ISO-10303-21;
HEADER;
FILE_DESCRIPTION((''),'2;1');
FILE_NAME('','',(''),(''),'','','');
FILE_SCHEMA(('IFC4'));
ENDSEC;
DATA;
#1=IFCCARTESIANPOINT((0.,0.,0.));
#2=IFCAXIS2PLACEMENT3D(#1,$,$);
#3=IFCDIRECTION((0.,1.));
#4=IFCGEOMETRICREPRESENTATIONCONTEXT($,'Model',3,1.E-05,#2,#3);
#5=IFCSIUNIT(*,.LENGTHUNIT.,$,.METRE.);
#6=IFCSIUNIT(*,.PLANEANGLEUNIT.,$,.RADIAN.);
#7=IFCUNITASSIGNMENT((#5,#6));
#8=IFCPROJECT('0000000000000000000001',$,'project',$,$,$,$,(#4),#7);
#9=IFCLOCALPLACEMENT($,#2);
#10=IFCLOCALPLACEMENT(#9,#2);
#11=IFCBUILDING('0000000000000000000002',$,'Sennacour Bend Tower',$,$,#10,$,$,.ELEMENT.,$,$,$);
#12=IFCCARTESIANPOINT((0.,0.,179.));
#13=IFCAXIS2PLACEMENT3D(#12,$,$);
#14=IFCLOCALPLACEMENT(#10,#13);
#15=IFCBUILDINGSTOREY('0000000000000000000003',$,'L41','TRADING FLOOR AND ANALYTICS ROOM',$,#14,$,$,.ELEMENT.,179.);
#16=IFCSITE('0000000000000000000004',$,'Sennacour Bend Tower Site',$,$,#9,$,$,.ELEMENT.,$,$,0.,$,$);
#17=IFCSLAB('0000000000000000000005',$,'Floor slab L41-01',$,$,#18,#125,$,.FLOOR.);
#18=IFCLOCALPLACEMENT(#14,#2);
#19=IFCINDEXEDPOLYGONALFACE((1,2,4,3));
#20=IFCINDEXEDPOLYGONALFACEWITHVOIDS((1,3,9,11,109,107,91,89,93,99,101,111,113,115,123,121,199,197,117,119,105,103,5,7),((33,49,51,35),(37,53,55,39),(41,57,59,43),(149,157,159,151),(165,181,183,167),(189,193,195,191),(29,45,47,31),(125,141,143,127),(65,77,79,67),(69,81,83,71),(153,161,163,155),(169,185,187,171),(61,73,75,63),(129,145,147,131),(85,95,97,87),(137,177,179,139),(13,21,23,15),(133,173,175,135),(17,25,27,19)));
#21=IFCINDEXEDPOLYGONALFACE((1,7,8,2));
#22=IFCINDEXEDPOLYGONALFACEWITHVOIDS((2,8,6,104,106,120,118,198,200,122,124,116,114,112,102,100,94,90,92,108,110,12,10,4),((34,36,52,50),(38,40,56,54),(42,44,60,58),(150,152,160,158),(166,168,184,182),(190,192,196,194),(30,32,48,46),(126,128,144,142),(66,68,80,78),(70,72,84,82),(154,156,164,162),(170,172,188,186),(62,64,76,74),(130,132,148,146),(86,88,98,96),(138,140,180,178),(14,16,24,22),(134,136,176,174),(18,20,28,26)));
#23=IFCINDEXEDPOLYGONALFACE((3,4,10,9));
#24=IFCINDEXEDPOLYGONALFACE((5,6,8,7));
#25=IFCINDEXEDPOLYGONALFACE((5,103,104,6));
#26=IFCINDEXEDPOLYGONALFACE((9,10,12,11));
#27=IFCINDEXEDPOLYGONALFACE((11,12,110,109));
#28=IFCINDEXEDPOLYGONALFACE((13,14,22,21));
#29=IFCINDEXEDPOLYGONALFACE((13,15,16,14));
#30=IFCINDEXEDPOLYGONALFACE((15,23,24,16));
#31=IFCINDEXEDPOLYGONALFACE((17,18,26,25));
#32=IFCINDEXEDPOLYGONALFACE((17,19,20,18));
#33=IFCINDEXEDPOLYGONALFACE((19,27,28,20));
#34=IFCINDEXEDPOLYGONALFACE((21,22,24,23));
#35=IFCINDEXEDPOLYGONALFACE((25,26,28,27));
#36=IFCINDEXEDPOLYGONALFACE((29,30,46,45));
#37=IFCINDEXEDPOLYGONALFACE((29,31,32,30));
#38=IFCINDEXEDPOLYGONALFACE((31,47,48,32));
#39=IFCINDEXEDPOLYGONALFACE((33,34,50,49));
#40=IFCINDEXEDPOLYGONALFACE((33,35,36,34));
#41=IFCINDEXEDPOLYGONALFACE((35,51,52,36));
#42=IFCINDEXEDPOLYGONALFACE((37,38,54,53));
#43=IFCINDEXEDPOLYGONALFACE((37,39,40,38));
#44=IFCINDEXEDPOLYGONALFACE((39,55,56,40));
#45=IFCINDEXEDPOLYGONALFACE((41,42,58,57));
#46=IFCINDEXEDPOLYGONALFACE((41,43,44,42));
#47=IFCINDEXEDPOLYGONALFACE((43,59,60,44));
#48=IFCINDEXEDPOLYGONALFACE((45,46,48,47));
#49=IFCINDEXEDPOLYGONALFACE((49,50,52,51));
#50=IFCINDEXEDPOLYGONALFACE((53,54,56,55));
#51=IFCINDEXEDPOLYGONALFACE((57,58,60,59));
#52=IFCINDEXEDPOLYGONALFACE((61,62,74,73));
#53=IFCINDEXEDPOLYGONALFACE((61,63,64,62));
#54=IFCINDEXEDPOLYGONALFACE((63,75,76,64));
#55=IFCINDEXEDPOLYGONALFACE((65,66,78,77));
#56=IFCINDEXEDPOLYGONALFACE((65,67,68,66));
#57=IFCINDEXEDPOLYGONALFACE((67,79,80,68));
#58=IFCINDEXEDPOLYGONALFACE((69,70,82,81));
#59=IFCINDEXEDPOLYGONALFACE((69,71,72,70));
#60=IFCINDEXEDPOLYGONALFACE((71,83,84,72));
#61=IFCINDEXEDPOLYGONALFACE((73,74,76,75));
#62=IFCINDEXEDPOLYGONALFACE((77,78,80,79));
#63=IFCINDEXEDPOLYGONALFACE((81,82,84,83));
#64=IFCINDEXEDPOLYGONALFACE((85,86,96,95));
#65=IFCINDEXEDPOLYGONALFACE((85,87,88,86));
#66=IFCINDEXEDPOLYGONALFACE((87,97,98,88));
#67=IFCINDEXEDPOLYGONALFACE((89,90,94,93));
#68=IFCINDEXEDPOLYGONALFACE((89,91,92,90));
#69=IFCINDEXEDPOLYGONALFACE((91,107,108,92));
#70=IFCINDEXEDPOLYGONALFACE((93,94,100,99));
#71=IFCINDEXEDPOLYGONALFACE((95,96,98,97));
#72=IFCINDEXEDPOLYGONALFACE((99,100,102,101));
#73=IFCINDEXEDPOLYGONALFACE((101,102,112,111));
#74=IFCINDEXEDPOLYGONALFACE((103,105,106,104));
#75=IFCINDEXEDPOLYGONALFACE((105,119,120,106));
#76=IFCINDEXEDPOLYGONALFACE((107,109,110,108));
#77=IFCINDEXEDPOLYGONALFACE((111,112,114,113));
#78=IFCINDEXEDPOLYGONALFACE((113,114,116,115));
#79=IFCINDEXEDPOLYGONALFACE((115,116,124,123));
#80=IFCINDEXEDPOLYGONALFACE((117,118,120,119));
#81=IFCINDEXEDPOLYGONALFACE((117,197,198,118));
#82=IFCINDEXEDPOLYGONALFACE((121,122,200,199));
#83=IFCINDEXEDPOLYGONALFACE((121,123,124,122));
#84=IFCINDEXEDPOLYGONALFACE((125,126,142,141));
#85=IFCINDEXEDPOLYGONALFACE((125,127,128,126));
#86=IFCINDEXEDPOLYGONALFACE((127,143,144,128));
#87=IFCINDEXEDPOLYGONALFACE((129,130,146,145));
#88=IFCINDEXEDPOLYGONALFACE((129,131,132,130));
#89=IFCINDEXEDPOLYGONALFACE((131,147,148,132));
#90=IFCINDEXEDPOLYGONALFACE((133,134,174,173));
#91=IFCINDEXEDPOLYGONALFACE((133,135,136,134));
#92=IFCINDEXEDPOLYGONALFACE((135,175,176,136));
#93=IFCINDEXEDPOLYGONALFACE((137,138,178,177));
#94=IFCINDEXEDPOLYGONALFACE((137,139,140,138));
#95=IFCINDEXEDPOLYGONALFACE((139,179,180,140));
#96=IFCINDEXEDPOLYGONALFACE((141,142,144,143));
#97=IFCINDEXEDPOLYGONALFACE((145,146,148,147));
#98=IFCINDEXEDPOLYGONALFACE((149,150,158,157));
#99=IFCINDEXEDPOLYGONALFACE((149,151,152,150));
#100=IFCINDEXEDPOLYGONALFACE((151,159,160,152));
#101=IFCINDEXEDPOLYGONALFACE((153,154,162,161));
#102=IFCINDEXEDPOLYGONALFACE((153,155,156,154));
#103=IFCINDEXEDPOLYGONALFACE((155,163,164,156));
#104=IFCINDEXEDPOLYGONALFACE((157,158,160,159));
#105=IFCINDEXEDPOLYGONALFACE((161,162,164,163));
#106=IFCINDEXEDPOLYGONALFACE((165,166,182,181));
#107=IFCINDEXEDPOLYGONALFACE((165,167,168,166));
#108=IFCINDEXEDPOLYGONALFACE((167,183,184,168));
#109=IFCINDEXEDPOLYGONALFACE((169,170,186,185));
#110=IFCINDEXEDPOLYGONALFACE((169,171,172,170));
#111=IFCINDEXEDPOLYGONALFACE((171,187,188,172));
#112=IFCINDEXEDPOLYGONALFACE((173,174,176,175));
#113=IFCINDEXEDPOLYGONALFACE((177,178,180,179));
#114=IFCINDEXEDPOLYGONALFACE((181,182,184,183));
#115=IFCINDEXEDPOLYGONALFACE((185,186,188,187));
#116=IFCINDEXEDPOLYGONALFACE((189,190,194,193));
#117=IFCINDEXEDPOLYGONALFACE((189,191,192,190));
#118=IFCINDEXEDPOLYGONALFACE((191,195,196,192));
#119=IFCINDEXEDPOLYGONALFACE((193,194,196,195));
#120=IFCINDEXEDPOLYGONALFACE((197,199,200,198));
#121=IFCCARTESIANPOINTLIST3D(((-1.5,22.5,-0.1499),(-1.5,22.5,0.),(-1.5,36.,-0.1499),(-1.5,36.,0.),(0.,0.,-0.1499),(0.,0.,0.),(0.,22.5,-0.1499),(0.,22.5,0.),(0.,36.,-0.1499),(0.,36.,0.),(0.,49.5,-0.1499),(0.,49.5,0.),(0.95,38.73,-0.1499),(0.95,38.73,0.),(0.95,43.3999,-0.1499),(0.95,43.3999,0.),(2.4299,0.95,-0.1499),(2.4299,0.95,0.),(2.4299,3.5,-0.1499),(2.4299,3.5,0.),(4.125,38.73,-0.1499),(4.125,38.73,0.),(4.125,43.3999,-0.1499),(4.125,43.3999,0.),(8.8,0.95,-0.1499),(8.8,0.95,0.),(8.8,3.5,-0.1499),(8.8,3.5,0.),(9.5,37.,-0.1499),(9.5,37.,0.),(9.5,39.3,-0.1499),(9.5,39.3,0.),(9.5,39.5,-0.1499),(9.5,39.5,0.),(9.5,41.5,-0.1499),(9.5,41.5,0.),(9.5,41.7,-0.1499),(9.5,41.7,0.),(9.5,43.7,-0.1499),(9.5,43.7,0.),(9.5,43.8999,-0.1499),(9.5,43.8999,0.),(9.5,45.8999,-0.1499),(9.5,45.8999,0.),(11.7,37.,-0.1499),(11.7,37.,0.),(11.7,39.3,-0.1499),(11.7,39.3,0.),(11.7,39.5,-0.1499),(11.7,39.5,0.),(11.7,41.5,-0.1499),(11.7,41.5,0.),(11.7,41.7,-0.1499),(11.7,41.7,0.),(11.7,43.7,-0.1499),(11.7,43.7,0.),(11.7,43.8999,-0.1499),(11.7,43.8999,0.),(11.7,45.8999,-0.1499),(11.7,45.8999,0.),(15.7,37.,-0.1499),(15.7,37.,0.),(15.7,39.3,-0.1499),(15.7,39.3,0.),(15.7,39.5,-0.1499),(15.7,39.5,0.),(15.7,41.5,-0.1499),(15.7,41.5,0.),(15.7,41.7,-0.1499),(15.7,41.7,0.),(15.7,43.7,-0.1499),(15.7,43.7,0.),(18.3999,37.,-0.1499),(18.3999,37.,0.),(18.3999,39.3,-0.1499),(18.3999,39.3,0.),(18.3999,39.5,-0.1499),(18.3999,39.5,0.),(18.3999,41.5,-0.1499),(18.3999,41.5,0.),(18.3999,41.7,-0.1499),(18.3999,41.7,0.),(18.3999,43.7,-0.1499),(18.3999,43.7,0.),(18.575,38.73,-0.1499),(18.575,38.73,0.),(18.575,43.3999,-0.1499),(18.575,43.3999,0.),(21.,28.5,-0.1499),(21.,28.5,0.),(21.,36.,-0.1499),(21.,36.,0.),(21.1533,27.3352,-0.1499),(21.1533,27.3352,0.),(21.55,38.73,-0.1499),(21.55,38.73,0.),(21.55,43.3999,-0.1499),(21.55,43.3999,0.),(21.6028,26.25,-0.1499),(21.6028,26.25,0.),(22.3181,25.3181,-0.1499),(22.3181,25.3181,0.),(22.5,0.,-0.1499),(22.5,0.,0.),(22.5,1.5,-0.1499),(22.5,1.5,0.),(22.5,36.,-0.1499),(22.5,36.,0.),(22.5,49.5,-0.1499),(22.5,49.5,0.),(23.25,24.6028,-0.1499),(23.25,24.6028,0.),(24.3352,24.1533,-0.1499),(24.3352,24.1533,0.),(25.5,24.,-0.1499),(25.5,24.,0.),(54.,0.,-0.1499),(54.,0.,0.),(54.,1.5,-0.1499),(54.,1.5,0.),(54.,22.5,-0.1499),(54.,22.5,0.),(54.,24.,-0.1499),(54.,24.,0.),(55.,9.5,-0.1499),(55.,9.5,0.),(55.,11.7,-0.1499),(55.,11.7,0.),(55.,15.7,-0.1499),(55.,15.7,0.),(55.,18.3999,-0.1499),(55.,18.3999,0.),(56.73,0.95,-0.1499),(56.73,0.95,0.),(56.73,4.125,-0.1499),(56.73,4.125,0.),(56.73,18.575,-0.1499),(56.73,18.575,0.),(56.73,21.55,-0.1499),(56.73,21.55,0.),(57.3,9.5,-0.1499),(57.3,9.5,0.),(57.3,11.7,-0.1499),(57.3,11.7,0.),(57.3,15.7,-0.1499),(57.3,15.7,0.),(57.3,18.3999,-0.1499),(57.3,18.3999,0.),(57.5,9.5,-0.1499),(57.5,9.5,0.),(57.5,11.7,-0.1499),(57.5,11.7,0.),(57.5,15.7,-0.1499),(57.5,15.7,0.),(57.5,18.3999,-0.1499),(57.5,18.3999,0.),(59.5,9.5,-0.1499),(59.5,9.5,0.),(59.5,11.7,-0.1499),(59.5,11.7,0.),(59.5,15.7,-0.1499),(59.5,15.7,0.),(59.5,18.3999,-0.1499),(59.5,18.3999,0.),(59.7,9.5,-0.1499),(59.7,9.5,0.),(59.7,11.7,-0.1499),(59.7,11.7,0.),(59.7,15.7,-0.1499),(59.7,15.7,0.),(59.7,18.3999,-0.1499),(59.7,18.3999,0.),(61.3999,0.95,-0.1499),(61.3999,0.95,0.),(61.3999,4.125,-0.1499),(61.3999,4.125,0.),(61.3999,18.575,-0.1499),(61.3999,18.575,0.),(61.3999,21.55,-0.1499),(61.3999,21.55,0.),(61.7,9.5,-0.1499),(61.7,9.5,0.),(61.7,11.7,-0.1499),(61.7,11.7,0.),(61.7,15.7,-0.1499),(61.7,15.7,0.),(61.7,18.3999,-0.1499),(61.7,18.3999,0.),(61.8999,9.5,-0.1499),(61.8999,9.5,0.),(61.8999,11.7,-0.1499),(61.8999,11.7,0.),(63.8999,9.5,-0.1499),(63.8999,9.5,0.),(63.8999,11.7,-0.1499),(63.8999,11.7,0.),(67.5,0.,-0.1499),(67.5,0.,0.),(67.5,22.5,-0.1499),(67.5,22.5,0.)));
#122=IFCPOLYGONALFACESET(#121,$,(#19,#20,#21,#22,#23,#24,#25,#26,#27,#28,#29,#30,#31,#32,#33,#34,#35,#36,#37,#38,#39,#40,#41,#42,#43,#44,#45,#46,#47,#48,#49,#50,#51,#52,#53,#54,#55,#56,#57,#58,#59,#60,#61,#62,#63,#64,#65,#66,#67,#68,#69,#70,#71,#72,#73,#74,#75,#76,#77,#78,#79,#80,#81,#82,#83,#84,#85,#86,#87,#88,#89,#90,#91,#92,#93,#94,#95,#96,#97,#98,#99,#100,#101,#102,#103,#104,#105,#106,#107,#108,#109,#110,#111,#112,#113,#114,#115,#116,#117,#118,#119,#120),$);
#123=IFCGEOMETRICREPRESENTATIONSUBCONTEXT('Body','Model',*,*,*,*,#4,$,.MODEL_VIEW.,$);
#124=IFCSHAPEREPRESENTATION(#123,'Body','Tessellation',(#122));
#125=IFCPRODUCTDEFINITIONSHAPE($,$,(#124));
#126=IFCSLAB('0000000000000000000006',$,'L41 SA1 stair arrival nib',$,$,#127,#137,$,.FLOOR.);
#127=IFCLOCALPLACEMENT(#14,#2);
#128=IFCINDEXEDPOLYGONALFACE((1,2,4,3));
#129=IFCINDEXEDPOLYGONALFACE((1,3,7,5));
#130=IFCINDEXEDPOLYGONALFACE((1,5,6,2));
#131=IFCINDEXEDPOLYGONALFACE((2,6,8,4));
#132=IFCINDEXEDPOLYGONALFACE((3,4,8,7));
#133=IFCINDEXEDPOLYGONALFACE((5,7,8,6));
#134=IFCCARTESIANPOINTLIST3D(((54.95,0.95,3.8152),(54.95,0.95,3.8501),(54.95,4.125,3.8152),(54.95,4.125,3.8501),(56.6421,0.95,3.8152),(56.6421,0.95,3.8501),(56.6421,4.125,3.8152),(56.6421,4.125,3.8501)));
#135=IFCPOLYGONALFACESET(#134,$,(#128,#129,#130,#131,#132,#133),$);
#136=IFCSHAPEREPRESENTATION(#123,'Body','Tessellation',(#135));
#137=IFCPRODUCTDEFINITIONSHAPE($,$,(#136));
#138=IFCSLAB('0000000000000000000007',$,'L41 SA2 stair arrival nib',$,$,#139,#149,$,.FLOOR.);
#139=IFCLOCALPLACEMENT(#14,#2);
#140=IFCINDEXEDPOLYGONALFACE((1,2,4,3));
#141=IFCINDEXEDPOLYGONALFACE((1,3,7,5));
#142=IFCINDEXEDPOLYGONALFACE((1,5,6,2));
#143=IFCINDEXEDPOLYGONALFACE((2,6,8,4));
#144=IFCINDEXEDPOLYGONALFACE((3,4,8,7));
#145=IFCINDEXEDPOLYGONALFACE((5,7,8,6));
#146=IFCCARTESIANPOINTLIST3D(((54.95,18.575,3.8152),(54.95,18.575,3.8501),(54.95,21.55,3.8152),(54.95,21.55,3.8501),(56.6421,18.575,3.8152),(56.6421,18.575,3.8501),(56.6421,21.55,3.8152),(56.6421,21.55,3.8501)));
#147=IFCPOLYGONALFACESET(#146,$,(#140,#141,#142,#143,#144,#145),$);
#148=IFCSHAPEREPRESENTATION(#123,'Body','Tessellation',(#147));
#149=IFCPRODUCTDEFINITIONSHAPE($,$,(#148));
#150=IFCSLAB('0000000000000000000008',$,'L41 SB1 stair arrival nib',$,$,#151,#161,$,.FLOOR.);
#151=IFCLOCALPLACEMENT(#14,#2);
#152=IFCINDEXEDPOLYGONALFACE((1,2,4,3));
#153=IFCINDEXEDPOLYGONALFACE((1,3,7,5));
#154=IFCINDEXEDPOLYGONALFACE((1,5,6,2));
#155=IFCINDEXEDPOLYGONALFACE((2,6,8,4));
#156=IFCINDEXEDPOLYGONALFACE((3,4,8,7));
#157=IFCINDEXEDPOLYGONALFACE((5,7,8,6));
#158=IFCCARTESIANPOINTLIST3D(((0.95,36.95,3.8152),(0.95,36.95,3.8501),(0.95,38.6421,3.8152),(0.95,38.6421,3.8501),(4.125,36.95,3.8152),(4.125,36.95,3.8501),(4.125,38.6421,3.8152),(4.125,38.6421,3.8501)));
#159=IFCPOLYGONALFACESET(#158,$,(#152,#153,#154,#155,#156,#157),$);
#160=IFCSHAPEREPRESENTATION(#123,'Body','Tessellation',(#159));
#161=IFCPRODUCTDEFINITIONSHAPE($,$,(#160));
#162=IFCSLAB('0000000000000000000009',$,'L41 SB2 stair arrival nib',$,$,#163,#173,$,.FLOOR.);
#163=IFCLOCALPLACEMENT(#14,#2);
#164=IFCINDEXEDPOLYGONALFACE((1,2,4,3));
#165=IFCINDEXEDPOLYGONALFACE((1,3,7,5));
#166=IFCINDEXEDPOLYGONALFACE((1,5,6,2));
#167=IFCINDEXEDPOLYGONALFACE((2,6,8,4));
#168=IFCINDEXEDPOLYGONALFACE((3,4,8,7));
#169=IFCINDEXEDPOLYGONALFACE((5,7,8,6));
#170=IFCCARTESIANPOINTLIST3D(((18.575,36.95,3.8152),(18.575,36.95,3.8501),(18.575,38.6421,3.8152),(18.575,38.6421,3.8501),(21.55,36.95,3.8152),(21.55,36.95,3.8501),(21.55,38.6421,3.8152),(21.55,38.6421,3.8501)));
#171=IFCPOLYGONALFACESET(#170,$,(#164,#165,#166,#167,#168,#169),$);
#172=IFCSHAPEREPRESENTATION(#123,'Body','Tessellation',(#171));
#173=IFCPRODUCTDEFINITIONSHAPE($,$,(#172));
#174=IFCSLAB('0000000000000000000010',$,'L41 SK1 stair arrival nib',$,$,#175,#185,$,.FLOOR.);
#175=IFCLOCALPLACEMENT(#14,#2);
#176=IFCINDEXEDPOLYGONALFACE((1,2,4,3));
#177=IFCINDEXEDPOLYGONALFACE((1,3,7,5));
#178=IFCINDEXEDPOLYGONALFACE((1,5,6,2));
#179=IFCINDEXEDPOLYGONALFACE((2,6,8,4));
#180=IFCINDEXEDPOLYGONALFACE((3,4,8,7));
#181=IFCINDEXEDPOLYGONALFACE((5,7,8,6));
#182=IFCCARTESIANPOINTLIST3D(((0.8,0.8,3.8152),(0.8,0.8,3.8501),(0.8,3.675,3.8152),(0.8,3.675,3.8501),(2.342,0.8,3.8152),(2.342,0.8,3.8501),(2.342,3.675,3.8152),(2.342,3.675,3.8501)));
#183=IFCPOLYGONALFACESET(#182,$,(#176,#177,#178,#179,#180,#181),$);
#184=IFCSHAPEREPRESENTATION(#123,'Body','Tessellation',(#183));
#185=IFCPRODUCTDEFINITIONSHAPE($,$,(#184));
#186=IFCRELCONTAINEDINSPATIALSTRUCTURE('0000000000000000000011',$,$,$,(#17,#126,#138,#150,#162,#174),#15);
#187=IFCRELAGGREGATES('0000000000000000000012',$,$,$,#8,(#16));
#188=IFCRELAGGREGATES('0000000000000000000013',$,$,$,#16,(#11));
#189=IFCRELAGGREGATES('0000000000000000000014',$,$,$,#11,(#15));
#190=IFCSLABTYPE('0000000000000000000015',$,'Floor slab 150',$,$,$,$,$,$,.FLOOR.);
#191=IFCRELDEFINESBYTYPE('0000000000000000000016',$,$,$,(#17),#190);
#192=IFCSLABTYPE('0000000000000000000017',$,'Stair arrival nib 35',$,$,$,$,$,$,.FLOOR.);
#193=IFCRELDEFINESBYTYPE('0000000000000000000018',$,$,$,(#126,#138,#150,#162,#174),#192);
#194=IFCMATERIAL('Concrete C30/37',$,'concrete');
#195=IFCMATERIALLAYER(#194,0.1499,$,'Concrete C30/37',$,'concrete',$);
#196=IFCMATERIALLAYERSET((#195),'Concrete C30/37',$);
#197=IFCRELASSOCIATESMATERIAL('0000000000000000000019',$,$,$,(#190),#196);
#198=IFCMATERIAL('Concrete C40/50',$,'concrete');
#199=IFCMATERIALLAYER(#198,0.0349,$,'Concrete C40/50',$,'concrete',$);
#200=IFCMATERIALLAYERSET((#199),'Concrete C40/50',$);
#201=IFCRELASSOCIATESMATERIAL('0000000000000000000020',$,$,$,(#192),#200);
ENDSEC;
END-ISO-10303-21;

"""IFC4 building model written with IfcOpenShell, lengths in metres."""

from ifc_helpers import new_model, si_unit, direction, frame, origin, place, context, subcontext, project, spatial, polyline, outline, extrude, material, layer, layer_set, type_object, element, save


model = new_model("IFC4")

# Units and contexts
model_context = context("Model", 3, precision=1e-05, world=origin(), true_north=direction((0.0, 1.0)))
body_context = subcontext(model_context, "Body", "Model", "MODEL_VIEW")
ifc_project = project(units=[si_unit("LENGTHUNIT", "METRE"), si_unit("PLANEANGLEUNIT", "RADIAN")], contexts=[model_context])

# Site, building, storey
site_placement = place(None, origin())
site = spatial("IfcSite", under=ifc_project, at=site_placement, Name="Sennacour Bend Tower Site", CompositionType="ELEMENT", RefElevation=0.0)
building_placement = place(site_placement, origin())
building = spatial("IfcBuilding", under=site, at=building_placement, Name="Sennacour Bend Tower", CompositionType="ELEMENT")
storey_placement = place(building_placement, frame((0.0, 0.0, 179.0)))
storey = spatial("IfcBuildingStorey", under=building, at=storey_placement, Name="L41", Description="TRADING FLOOR AND ANALYTICS ROOM", CompositionType="ELEMENT", Elevation=179.0)

# Slabs
ifc_material_1 = material(Name="Concrete C30/37", Category="concrete")
ifc_layer_1 = layer(ifc_material_1, 0.1499, Name="Concrete C30/37", Category="concrete")
ifc_layer_set_1 = layer_set([ifc_layer_1], Name="Concrete C30/37")
slab_type_1 = type_object("IfcSlabType", Name="Floor slab 150", PredefinedType="FLOOR", material=ifc_layer_set_1)
slab_1_placement = place(storey_placement, frame((0.0, 0.0, -0.1499)))
element("IfcSlab", 1, at=slab_1_placement, inside=storey, type_object=slab_type_1, Name="Floor slab L41-01", PredefinedType="FLOOR", context=body_context, shape_type="SweptSolid", body=[
    extrude(outline(polyline([(0.0, 22.5), (-1.5, 22.5), (-1.5, 36.0), (0.0, 36.0), (0.0, 49.5), (22.5, 49.5), (22.5, 36.0), (21.0, 36.0), (21.0, 28.5), (21.1533, 27.3352), (21.6028, 26.25), (22.3181, 25.3181), (23.25, 24.6028), (24.3352, 24.1533), (25.5, 24.0), (54.0, 24.0), (54.0, 22.5), (67.5, 22.5), (67.5, 0.0), (54.0, 0.0), (54.0, 1.5), (22.5, 1.5), (22.5, 0.0), (0.0, 0.0), (0.0, 22.5)]), holes=[polyline([(8.8, 0.95), (8.8, 3.5), (2.4299, 3.5), (2.4299, 0.95), (8.8, 0.95)]), polyline([(11.7, 37.0), (11.7, 39.3), (9.5, 39.3), (9.5, 37.0), (11.7, 37.0)]), polyline([(18.3999, 37.0), (18.3999, 39.3), (15.7, 39.3), (15.7, 37.0), (18.3999, 37.0)]), polyline([(11.7, 39.5), (11.7, 41.5), (9.5, 41.5), (9.5, 39.5), (11.7, 39.5)]), polyline([(18.3999, 39.5), (18.3999, 41.5), (15.7, 41.5), (15.7, 39.5), (18.3999, 39.5)]), polyline([(4.125, 38.73), (4.125, 43.3999), (0.95, 43.3999), (0.95, 38.73), (4.125, 38.73)]), polyline([(21.55, 38.73), (21.55, 43.3999), (18.575, 43.3999), (18.575, 38.73), (21.55, 38.73)]), polyline([(9.5, 41.7), (11.7, 41.7), (11.7, 43.7), (9.5, 43.7), (9.5, 41.7)]), polyline([(15.7, 41.7), (18.3999, 41.7), (18.3999, 43.7), (15.7, 43.7), (15.7, 41.7)]), polyline([(11.7, 43.8999), (11.7, 45.8999), (9.5, 45.8999), (9.5, 43.8999), (11.7, 43.8999)]), polyline([(61.3999, 0.95), (61.3999, 4.125), (56.73, 4.125), (56.73, 0.95), (61.3999, 0.95)]), polyline([(57.3, 9.5), (57.3, 11.7), (55.0, 11.7), (55.0, 9.5), (57.3, 9.5)]), polyline([(57.5, 9.5), (59.5, 9.5), (59.5, 11.7), (57.5, 11.7), (57.5, 9.5)]), polyline([(59.7, 9.5), (61.7, 9.5), (61.7, 11.7), (59.7, 11.7), (59.7, 9.5)]), polyline([(63.8999, 9.5), (63.8999, 11.7), (61.8999, 11.7), (61.8999, 9.5), (63.8999, 9.5)]), polyline([(57.3, 15.7), (57.3, 18.3999), (55.0, 18.3999), (55.0, 15.7), (57.3, 15.7)]), polyline([(59.5, 15.7), (59.5, 18.3999), (57.5, 18.3999), (57.5, 15.7), (59.5, 15.7)]), polyline([(59.7, 15.7), (61.7, 15.7), (61.7, 18.3999), (59.7, 18.3999), (59.7, 15.7)]), polyline([(56.73, 18.575), (61.3999, 18.575), (61.3999, 21.55), (56.73, 21.55), (56.73, 18.575)])]), origin(), (0.0, 0.0, 1.0), 0.1499),
])
ifc_material_2 = material(Name="Concrete C40/50", Category="concrete")
ifc_layer_2 = layer(ifc_material_2, 0.0349, Name="Concrete C40/50", Category="concrete")
ifc_layer_set_2 = layer_set([ifc_layer_2], Name="Concrete C40/50")
slab_type_2 = type_object("IfcSlabType", Name="Stair arrival nib 35", PredefinedType="FLOOR", material=ifc_layer_set_2)
slab_2_placement = place(storey_placement, frame((0.0, 0.0, 3.8152)))
element("IfcSlab", 2, at=slab_2_placement, inside=storey, type_object=slab_type_2, Name="L41 SA1 stair arrival nib", PredefinedType="FLOOR", context=body_context, shape_type="SweptSolid", body=[
    extrude(outline(polyline([(56.6421, 4.125), (54.95, 4.125), (54.95, 0.95), (56.6421, 0.95), (56.6421, 4.125)])), origin(), (0.0, 0.0, 1.0), 0.0349),
])
slab_3_placement = place(storey_placement, frame((0.0, 0.0, 3.8152)))
element("IfcSlab", 3, at=slab_3_placement, inside=storey, type_object=slab_type_2, Name="L41 SA2 stair arrival nib", PredefinedType="FLOOR", context=body_context, shape_type="SweptSolid", body=[
    extrude(outline(polyline([(56.6421, 21.55), (54.95, 21.55), (54.95, 18.575), (56.6421, 18.575), (56.6421, 21.55)])), origin(), (0.0, 0.0, 1.0), 0.0349),
])
slab_4_placement = place(storey_placement, frame((0.0, 0.0, 3.8152)))
element("IfcSlab", 4, at=slab_4_placement, inside=storey, type_object=slab_type_2, Name="L41 SB1 stair arrival nib", PredefinedType="FLOOR", context=body_context, shape_type="SweptSolid", body=[
    extrude(outline(polyline([(0.95, 38.6421), (0.95, 36.95), (4.125, 36.95), (4.125, 38.6421), (0.95, 38.6421)])), origin(), (0.0, 0.0, 1.0), 0.0349),
])
slab_5_placement = place(storey_placement, frame((0.0, 0.0, 3.8152)))
element("IfcSlab", 5, at=slab_5_placement, inside=storey, type_object=slab_type_2, Name="L41 SB2 stair arrival nib", PredefinedType="FLOOR", context=body_context, shape_type="SweptSolid", body=[
    extrude(outline(polyline([(18.575, 38.6421), (18.575, 36.95), (21.55, 36.95), (21.55, 38.6421), (18.575, 38.6421)])), origin(), (0.0, 0.0, 1.0), 0.0349),
])
slab_6_placement = place(storey_placement, frame((0.0, 0.0, 3.8152)))
element("IfcSlab", 6, at=slab_6_placement, inside=storey, type_object=slab_type_2, Name="L41 SK1 stair arrival nib", PredefinedType="FLOOR", context=body_context, shape_type="SweptSolid", body=[
    extrude(outline(polyline([(2.342, 3.675), (0.8, 3.675), (0.8, 0.8), (2.342, 0.8), (2.342, 3.675)])), origin(), (0.0, 0.0, 1.0), 0.0349),
])

save(model, "model.ifc")
